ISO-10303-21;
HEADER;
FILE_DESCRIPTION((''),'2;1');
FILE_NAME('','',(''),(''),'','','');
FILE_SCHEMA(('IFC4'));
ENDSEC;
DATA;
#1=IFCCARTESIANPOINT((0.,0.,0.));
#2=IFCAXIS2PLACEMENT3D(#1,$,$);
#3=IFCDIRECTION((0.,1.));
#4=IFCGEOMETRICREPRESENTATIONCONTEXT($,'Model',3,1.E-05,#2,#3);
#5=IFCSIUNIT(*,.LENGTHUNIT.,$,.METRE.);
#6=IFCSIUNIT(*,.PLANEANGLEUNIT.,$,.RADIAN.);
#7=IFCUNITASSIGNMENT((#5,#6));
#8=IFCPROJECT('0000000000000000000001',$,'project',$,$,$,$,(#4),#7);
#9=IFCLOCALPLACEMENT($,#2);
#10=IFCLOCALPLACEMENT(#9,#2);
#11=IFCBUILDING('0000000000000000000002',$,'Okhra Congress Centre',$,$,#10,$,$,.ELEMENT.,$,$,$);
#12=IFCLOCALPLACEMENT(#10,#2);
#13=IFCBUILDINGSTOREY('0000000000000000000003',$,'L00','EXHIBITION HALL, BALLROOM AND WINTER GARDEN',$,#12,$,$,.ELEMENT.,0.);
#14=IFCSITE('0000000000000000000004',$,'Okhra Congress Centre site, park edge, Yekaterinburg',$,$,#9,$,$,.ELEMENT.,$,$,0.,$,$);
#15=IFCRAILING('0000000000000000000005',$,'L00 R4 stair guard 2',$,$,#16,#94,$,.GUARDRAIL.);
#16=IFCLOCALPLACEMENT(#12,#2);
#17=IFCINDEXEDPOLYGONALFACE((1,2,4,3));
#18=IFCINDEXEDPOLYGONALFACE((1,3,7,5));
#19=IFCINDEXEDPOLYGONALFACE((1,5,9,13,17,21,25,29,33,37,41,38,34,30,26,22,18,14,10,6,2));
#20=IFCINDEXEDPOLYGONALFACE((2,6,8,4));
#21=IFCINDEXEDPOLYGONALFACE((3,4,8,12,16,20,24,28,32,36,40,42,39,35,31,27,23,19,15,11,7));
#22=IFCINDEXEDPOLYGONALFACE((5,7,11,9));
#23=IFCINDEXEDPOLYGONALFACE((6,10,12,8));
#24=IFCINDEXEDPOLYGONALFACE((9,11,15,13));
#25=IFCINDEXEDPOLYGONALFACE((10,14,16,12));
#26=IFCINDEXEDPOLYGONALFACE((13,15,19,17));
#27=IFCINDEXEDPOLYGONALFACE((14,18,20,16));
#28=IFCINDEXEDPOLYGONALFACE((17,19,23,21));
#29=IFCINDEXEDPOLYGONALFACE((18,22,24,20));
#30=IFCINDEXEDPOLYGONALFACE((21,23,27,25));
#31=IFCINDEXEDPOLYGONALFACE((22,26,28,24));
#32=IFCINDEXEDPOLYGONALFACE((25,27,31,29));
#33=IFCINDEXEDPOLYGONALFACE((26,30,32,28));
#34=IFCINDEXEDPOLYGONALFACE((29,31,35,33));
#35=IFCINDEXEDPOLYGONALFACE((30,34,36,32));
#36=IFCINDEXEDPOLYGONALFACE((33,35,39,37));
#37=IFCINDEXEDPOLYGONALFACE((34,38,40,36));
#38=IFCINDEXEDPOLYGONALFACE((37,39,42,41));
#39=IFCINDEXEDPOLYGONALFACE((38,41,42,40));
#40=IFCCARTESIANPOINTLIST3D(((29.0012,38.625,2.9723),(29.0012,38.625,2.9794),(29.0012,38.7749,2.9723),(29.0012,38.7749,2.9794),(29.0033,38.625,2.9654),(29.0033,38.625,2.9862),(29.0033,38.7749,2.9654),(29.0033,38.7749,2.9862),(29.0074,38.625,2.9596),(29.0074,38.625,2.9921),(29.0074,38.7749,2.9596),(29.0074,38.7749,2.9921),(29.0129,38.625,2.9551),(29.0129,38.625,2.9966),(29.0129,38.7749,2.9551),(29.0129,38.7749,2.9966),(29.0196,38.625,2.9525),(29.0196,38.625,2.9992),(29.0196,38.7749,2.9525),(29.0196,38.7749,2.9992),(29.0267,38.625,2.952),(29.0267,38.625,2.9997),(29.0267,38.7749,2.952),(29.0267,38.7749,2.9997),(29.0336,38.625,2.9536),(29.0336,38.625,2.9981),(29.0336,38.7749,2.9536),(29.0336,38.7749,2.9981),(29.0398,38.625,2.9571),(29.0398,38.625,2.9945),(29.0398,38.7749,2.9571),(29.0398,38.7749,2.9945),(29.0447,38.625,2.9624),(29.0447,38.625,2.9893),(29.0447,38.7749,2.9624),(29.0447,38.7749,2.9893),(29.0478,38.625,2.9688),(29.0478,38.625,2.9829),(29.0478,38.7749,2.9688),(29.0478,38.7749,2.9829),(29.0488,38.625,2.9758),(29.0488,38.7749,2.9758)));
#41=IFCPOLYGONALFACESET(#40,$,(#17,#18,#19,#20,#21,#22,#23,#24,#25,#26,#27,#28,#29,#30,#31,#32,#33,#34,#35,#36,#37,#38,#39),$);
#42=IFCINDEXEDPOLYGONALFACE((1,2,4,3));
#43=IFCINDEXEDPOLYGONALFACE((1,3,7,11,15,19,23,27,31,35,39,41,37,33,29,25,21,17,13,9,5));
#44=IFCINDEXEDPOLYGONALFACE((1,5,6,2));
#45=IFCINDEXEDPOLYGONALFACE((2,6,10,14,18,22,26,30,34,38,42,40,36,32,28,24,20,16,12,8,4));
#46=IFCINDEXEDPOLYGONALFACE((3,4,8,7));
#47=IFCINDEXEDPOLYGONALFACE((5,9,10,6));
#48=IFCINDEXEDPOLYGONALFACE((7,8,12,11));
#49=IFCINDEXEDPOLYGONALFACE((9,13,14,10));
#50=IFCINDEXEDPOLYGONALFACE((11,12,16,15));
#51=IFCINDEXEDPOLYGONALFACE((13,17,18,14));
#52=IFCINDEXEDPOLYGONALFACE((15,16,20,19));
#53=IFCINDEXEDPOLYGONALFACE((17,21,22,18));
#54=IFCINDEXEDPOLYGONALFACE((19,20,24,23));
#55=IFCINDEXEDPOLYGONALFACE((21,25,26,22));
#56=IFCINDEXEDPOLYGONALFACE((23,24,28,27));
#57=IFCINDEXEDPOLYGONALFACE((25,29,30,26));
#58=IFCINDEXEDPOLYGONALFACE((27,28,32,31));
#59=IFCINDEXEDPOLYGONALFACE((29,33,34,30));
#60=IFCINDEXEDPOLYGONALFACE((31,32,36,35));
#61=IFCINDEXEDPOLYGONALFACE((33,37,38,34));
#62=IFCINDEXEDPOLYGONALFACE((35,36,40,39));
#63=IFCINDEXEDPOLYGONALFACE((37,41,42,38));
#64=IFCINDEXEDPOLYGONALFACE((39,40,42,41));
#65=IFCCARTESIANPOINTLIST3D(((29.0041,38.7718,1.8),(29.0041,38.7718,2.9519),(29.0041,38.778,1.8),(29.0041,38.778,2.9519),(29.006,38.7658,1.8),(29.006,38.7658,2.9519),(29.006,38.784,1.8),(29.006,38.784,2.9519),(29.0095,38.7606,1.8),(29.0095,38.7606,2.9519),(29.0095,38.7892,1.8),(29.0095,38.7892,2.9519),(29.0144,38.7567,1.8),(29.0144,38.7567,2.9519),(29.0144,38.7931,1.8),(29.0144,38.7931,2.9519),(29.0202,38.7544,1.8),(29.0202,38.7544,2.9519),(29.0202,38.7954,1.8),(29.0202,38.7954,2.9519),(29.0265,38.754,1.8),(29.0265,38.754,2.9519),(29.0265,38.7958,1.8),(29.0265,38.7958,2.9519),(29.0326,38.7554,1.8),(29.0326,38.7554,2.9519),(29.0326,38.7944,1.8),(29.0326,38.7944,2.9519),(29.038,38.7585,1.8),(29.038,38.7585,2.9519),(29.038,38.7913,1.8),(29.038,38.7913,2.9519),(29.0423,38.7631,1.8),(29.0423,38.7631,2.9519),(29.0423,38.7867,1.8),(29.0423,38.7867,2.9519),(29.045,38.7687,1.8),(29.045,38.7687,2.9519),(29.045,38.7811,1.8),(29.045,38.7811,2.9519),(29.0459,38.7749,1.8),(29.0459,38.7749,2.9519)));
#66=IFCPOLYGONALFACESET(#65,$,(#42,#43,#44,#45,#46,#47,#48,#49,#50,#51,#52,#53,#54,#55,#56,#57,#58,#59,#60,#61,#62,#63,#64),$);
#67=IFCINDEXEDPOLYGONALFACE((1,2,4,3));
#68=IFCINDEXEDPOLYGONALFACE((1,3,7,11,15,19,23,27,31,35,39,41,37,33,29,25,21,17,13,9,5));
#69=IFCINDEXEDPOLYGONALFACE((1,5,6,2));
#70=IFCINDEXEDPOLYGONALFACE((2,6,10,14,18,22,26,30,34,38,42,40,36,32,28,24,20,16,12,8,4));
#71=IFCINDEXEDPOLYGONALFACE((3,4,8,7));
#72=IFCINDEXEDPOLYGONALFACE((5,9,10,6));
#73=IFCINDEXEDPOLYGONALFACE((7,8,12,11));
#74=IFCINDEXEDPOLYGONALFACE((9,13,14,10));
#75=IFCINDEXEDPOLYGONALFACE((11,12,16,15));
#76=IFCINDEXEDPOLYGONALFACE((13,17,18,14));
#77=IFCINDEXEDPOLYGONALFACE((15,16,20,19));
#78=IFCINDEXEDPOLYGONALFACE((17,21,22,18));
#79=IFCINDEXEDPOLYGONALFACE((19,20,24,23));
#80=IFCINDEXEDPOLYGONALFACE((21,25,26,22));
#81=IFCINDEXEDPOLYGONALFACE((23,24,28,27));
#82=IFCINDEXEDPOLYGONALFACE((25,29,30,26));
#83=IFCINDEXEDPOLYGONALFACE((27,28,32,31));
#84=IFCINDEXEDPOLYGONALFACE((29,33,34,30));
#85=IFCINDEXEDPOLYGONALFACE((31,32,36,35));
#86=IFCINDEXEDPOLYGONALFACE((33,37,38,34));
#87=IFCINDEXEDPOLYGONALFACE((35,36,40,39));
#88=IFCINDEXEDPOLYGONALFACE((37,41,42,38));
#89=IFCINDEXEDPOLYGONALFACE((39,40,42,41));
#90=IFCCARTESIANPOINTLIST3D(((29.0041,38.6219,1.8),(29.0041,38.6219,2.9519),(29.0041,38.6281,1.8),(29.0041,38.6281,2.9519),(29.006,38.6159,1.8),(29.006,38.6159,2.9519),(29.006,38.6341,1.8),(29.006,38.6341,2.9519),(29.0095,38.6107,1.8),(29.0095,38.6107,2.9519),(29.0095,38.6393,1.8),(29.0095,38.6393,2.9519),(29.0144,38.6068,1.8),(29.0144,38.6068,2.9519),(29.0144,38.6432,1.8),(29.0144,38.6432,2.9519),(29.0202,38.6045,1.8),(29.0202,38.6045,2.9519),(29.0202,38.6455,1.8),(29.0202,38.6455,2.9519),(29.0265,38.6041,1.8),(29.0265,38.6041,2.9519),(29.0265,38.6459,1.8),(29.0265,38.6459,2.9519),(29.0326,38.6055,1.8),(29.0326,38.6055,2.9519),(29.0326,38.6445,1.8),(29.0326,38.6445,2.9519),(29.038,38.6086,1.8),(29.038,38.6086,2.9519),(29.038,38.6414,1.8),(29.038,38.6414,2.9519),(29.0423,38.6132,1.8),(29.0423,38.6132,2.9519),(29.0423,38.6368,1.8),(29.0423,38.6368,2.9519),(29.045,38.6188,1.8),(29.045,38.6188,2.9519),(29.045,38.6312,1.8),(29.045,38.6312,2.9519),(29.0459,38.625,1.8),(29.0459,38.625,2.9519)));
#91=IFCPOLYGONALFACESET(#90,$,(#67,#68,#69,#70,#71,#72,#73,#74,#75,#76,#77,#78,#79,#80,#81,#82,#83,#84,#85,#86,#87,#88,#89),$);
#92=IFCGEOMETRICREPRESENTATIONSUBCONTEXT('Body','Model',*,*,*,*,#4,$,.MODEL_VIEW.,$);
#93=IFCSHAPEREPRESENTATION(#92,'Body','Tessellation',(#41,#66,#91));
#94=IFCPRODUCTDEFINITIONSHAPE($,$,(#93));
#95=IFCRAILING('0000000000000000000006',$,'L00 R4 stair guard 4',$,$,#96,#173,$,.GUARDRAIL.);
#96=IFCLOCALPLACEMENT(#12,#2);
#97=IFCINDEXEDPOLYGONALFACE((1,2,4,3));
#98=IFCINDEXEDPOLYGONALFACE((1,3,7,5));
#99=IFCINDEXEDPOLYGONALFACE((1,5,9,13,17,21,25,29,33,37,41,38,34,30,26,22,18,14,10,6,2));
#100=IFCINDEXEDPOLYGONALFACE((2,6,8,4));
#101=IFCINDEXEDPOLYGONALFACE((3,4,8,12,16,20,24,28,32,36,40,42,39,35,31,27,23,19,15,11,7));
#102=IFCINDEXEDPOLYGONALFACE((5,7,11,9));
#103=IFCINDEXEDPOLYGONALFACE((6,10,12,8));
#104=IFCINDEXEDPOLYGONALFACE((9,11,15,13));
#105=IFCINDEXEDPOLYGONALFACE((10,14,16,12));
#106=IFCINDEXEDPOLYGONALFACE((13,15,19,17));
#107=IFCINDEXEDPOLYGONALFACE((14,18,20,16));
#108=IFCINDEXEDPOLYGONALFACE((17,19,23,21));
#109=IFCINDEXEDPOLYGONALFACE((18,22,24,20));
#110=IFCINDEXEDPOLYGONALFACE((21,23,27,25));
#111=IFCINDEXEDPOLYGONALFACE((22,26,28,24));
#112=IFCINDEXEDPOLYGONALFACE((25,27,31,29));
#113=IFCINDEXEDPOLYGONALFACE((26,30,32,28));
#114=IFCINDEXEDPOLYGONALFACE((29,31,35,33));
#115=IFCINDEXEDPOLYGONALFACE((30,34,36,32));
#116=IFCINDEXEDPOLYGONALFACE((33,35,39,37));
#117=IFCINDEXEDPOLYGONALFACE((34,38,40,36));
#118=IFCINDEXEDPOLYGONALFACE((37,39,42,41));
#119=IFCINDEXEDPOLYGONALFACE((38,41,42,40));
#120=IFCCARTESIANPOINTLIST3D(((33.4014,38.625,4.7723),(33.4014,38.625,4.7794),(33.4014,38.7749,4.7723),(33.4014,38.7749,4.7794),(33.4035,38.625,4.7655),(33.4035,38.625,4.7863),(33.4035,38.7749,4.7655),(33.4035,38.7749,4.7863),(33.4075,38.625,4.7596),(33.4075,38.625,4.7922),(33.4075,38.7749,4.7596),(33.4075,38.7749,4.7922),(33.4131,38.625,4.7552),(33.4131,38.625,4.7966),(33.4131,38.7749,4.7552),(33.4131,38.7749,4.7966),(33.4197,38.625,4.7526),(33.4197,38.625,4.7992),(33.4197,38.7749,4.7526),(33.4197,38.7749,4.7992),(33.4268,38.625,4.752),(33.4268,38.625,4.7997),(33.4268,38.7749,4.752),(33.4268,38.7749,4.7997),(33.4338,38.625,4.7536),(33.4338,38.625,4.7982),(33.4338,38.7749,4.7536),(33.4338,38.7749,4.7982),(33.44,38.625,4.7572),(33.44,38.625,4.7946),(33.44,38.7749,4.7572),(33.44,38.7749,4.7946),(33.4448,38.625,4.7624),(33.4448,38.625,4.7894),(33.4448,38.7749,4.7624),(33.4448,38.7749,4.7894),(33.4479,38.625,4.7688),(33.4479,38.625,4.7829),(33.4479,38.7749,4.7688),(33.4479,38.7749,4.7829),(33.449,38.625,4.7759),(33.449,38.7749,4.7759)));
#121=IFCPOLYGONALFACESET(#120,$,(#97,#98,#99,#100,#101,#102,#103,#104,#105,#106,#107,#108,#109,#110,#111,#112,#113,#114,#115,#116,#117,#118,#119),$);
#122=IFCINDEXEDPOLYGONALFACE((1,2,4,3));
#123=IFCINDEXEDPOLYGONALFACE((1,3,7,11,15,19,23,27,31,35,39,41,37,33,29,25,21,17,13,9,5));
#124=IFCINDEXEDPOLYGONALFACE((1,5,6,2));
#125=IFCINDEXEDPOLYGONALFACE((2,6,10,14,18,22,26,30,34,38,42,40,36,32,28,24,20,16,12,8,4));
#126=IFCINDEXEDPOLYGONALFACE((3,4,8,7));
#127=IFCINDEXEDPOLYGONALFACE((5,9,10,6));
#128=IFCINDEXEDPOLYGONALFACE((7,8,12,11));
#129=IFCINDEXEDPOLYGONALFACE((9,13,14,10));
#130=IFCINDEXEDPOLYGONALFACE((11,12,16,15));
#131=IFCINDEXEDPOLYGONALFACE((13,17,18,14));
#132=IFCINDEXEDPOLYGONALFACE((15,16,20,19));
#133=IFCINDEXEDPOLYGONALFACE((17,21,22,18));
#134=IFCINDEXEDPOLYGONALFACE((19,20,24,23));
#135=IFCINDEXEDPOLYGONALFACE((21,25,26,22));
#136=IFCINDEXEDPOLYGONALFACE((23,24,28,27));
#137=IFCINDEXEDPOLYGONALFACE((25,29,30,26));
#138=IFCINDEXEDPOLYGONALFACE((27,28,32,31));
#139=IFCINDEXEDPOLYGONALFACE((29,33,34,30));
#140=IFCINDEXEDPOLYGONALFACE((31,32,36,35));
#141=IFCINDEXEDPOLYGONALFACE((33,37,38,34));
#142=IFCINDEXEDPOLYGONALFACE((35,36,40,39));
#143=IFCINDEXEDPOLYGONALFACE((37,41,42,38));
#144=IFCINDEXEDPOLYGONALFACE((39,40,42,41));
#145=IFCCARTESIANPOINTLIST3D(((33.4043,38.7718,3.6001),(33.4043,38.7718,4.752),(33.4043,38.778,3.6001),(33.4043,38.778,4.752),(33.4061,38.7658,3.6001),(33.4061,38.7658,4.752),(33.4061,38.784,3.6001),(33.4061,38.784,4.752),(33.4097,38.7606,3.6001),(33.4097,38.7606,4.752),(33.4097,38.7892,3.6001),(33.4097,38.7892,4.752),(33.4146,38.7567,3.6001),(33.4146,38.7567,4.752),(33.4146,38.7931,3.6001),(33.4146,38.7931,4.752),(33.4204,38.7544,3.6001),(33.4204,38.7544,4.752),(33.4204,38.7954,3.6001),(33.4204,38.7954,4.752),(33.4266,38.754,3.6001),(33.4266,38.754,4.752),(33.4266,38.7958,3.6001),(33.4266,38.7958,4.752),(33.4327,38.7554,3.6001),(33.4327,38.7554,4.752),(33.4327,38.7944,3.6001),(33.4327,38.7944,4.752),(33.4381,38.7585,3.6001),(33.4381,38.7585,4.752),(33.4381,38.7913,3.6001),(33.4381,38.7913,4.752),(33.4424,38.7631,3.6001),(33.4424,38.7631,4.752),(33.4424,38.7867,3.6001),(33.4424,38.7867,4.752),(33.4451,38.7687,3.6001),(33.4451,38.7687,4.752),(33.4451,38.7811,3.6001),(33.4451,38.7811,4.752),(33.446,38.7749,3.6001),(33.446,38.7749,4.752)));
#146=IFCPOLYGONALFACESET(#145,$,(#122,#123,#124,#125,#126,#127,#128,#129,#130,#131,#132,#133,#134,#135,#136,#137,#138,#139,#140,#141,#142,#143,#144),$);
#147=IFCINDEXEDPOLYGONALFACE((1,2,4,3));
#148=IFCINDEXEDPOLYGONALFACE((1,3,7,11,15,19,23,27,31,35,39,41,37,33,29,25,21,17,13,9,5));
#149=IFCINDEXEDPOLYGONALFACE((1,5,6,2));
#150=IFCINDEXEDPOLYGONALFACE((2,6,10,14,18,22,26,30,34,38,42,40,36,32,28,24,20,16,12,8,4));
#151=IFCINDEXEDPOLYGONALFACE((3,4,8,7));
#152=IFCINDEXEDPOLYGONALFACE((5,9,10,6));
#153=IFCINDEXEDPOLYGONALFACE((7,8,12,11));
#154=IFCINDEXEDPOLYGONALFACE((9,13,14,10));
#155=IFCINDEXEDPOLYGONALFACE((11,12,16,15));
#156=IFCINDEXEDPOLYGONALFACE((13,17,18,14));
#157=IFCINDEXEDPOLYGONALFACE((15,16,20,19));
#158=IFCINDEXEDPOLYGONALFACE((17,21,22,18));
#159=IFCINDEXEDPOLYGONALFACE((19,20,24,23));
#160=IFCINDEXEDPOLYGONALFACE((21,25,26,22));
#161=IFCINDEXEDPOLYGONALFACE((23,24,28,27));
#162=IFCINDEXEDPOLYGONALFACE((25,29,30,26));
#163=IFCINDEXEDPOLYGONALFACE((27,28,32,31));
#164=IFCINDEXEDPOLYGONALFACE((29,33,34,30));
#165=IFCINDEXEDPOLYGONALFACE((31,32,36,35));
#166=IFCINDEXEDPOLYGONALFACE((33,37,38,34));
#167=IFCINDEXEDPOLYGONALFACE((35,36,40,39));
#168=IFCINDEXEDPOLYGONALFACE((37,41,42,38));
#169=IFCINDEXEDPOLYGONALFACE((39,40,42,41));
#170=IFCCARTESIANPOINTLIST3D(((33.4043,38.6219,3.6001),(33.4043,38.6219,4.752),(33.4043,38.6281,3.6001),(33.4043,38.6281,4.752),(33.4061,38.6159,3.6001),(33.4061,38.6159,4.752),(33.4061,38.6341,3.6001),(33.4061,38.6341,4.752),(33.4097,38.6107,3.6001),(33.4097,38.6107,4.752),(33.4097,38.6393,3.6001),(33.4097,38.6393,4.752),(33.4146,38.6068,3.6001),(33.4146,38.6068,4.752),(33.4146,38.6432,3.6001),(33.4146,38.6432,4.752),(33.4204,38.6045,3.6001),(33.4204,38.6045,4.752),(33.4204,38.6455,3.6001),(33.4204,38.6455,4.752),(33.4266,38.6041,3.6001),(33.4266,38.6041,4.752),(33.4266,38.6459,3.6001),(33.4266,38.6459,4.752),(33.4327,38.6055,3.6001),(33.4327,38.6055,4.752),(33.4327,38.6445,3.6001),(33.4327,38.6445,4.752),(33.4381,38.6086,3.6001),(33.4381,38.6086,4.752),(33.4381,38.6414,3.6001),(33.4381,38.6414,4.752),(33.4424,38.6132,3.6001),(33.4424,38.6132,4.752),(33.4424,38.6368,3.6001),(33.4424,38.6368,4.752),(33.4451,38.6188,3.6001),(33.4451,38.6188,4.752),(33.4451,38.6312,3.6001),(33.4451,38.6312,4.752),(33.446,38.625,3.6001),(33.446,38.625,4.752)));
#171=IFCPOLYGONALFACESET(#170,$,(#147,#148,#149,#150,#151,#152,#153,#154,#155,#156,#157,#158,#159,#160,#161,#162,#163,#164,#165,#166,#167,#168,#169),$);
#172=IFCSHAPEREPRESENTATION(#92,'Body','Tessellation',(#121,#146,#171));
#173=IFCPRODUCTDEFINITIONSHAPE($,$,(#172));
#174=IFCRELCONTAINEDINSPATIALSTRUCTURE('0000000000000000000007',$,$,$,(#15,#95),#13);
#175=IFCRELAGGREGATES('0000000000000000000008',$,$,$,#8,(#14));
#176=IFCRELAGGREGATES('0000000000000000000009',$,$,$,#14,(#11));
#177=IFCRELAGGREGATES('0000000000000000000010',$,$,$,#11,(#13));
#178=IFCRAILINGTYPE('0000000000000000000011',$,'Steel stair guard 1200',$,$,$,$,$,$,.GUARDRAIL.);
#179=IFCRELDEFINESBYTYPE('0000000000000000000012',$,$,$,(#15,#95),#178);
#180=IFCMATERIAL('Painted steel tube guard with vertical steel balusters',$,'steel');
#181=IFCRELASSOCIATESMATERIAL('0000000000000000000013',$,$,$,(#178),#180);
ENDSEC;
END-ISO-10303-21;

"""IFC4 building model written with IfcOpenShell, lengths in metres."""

from ifc_helpers import new_model, si_unit, direction, frame, origin, origin_2d, place, context, subcontext, project, spatial, circle, extrude, material, type_object, element, save


model = new_model("IFC4")

# Units and contexts
model_context = context("Model", 3, precision=1e-05, world=origin(), true_north=direction((0.0, 1.0)))
body_context = subcontext(model_context, "Body", "Model", "MODEL_VIEW")
ifc_project = project(units=[si_unit("LENGTHUNIT", "METRE"), si_unit("PLANEANGLEUNIT", "RADIAN")], contexts=[model_context])

# Site, building, storey
site_placement = place(None, origin())
site = spatial("IfcSite", under=ifc_project, at=site_placement, Name="Okhra Congress Centre site, park edge, Yekaterinburg", CompositionType="ELEMENT", RefElevation=0.0)
building_placement = place(site_placement, origin())
building = spatial("IfcBuilding", under=site, at=building_placement, Name="Okhra Congress Centre", CompositionType="ELEMENT")
storey_placement = place(building_placement, origin())
storey = spatial("IfcBuildingStorey", under=building, at=storey_placement, Name="L00", Description="EXHIBITION HALL, BALLROOM AND WINTER GARDEN", CompositionType="ELEMENT", Elevation=0.0)

# Railings
ifc_material_1 = material(Name="Painted steel tube guard with vertical steel balusters", Category="steel")
railing_type_1 = type_object("IfcRailingType", Name="Steel stair guard 1200", PredefinedType="GUARDRAIL", material=ifc_material_1)
for number, where, name in (
    (1, (29.0249, 38.7749, 1.8), "L00 R4 stair guard 2"),
    (2, (33.425, 38.7749, 3.6001), "L00 R4 stair guard 4"),
):
    element("IfcRailing", number, at=place(storey_placement, frame(where)), inside=storey, type_object=railing_type_1, Name=name, PredefinedType="GUARDRAIL", context=body_context, shape_type="SweptSolid", body=[
        extrude(circle(Radius=0.0239, at=origin_2d()), frame((0.0, 0.0, 1.1758), z_axis=(0.0, -1.0, 0.0), x_axis=(1.0, 0.0, 0.0)), (0.0, 0.0, 1.0), 0.1499),
        extrude(circle(Radius=0.021, at=origin_2d()), origin(), (0.0, 0.0, 1.0), 1.1519),
        extrude(circle(Radius=0.021, at=origin_2d()), frame((0.0, -0.1499, 0.0)), (0.0, 0.0, 1.0), 1.1519),
    ])

save(model, "model.ifc")
